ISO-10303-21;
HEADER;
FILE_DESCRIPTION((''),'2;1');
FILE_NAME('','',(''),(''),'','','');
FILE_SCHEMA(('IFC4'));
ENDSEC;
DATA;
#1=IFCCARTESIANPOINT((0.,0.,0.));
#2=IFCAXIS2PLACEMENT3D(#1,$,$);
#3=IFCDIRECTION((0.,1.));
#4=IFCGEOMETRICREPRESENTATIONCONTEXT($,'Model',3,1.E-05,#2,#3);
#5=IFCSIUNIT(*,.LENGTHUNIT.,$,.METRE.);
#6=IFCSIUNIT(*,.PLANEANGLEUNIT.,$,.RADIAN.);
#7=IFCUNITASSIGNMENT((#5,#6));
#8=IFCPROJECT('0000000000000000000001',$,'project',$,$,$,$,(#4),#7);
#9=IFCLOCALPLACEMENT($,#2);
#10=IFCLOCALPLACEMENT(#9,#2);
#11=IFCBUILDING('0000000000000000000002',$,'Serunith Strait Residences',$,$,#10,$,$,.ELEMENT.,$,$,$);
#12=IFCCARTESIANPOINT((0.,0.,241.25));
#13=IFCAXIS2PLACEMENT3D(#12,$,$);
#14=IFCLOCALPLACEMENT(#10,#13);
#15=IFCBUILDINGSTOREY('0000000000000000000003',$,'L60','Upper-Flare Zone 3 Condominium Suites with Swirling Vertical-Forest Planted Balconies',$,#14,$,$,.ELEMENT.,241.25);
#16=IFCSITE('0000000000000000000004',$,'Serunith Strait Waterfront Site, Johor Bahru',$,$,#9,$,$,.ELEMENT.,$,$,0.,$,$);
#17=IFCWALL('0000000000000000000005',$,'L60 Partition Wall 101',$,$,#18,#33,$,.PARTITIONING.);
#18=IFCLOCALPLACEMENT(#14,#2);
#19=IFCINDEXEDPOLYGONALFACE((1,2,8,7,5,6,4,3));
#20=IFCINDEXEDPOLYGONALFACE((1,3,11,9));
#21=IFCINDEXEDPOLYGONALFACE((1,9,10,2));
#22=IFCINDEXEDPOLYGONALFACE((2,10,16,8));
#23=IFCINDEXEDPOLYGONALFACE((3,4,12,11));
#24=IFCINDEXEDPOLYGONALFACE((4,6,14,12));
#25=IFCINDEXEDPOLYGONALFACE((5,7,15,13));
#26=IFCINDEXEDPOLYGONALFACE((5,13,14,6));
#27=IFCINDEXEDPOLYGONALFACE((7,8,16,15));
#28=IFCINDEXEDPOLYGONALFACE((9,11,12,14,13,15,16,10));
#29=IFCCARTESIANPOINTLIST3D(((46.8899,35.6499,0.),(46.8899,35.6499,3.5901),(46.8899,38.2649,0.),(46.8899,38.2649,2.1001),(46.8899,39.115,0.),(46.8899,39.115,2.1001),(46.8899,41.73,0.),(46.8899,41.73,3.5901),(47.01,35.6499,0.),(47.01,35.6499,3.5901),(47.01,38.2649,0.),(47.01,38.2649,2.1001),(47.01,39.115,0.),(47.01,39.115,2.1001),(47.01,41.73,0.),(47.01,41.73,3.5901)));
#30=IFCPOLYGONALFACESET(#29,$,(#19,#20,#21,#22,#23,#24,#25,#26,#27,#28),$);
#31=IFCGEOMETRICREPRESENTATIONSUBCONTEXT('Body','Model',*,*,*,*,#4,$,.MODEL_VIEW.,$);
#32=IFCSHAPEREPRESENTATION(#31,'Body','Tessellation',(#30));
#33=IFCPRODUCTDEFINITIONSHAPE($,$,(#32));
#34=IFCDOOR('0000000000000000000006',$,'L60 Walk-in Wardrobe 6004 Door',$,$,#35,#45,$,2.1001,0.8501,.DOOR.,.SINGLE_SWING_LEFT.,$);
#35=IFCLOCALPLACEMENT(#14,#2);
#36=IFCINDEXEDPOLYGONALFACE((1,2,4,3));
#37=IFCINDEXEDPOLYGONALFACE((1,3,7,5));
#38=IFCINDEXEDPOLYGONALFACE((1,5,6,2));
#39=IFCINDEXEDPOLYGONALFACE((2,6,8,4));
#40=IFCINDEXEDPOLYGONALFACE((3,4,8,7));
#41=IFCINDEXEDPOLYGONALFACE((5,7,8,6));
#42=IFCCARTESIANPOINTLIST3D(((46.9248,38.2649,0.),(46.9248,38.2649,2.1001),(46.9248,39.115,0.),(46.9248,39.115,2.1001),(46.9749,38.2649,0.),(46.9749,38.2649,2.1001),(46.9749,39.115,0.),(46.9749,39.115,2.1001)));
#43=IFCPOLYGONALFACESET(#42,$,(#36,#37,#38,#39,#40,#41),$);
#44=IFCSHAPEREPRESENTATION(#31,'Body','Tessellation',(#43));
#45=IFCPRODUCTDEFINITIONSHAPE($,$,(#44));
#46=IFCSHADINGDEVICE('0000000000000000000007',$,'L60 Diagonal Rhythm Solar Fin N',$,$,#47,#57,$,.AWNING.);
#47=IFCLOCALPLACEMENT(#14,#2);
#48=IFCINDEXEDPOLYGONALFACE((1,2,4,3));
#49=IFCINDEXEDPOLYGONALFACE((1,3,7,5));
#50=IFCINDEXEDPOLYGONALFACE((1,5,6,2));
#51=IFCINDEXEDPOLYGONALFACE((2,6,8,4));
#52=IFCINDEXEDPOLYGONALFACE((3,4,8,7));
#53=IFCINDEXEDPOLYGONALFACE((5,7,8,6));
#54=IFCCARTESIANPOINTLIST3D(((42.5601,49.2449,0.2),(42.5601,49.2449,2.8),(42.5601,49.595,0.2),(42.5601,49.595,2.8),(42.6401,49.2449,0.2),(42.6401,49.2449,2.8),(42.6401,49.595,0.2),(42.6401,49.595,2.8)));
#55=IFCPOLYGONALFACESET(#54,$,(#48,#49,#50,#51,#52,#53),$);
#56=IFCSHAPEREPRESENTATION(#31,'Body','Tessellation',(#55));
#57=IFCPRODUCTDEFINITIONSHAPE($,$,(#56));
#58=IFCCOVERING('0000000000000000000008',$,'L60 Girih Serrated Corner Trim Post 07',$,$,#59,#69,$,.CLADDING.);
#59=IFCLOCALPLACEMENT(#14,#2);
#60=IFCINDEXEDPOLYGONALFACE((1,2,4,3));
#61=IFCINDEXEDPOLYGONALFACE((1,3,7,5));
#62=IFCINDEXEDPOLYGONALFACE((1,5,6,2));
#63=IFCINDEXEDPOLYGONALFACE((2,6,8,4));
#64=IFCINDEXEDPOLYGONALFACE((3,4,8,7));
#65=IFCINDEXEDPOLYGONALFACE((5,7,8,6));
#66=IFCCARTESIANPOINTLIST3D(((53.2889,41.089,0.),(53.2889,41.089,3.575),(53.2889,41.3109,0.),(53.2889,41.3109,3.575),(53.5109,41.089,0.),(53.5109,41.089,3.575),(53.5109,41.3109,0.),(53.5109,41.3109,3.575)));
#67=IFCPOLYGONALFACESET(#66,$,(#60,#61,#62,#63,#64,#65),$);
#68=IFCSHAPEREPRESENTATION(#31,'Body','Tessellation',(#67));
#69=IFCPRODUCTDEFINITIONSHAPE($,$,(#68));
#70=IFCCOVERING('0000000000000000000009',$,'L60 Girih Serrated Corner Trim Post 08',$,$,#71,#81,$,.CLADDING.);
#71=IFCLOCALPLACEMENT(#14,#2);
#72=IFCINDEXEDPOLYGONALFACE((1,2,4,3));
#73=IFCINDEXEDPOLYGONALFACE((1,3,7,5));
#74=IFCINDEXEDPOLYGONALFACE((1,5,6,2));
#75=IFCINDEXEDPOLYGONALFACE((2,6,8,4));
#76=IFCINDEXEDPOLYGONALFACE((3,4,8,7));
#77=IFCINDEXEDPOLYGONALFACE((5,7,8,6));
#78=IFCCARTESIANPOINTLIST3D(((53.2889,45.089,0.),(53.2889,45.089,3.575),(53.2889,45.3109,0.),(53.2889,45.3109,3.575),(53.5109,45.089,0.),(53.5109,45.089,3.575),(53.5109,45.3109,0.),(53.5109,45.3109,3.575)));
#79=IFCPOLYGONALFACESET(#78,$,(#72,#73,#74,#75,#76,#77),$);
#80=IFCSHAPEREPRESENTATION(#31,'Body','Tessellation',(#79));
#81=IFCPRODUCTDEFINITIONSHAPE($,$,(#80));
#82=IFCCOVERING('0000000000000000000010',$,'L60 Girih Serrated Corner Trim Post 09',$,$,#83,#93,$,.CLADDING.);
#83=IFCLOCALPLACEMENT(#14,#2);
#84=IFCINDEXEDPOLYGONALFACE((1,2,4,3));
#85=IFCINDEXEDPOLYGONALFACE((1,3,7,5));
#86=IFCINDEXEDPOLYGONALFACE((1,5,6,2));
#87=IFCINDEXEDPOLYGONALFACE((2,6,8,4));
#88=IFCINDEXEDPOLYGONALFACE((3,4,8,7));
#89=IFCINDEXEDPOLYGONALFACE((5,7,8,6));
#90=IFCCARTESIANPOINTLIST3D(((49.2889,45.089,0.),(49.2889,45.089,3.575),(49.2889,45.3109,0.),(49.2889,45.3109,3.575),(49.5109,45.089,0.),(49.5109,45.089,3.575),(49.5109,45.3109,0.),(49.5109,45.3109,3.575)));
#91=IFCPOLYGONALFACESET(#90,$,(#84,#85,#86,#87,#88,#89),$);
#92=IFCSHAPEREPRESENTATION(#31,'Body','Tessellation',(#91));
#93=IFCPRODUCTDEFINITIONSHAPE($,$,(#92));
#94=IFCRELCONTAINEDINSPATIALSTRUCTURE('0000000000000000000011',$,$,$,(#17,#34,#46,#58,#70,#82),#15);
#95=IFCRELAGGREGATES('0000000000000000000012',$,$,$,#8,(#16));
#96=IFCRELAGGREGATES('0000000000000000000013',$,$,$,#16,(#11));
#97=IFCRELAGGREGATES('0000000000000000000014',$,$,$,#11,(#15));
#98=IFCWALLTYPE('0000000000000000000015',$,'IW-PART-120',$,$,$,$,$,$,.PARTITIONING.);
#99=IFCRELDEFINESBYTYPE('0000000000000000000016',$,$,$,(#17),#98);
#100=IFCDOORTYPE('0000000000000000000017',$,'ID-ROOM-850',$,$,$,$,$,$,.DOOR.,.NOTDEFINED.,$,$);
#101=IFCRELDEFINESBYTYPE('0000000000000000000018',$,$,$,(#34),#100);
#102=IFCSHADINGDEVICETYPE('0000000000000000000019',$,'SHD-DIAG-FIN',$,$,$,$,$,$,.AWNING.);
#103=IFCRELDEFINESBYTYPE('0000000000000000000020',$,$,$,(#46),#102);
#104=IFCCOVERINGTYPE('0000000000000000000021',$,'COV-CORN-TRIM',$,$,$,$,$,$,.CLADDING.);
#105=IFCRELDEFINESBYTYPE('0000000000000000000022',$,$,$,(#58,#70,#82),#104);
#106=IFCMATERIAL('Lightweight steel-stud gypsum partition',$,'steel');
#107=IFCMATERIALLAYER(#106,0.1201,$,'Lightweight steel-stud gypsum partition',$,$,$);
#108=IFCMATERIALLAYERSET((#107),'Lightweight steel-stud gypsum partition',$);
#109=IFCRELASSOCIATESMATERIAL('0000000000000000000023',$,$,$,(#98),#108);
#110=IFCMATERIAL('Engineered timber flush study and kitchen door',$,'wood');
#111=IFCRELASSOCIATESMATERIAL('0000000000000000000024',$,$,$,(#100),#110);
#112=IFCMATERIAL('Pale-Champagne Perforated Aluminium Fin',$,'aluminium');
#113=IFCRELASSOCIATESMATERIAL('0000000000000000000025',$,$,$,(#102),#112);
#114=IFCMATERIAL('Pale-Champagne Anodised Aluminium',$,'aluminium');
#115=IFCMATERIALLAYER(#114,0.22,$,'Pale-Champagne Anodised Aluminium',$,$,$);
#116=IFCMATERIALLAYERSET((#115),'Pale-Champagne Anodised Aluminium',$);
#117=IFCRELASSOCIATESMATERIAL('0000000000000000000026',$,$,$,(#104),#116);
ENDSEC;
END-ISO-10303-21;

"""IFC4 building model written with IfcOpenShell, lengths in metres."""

from ifc_helpers import new_model, si_unit, direction, frame, frame_2d, origin, origin_2d, place, context, subcontext, project, spatial, rectangle, extrude, source, transform, mapped, material, layer, layer_set, type_object, element, fill, save


model = new_model("IFC4")

# Units and contexts
model_context = context("Model", 3, precision=1e-05, world=origin(), true_north=direction((0.0, 1.0)))
body_context = subcontext(model_context, "Body", "Model", "MODEL_VIEW")
ifc_project = project(units=[si_unit("LENGTHUNIT", "METRE"), si_unit("PLANEANGLEUNIT", "RADIAN")], contexts=[model_context])

# Site, building, storey
site_placement = place(None, origin())
site = spatial("IfcSite", under=ifc_project, at=site_placement, Name="Serunith Strait Waterfront Site, Johor Bahru", CompositionType="ELEMENT", RefElevation=0.0)
building_placement = place(site_placement, origin())
building = spatial("IfcBuilding", under=site, at=building_placement, Name="Serunith Strait Residences", CompositionType="ELEMENT")
storey_placement = place(building_placement, frame((0.0, 0.0, 241.25)))
storey = spatial("IfcBuildingStorey", under=building, at=storey_placement, Name="L60", Description="Upper-Flare Zone 3 Condominium Suites with Swirling Vertical-Forest Planted Balconies", CompositionType="ELEMENT", Elevation=241.25)

# Shared definitions
ifc_material_1 = material(Name="Pale-Champagne Anodised Aluminium", Category="aluminium")

# Shared definitions
ifc_material_2 = material(Name="Lightweight steel-stud gypsum partition", Category="steel")
ifc_layer_1 = layer(ifc_material_2, 0.1201, Name="Lightweight steel-stud gypsum partition")
ifc_layer_set_1 = layer_set([ifc_layer_1], Name="Lightweight steel-stud gypsum partition")
wall_type_1 = type_object("IfcWallType", Name="IW-PART-120", PredefinedType="PARTITIONING", material=ifc_layer_set_1)

# Wall, opening, door
wall_1_placement = place(storey_placement, frame((46.95, 41.73, 0.0), z_axis=(0.0, 0.0, 1.0), x_axis=(0.0, -1.0, 0.0)))
wall_1 = element("IfcWall", 1, at=wall_1_placement, inside=storey, type_object=wall_type_1, Name="L60 Partition Wall 101", PredefinedType="PARTITIONING", context=body_context, shape_type="SweptSolid", body=[
    extrude(rectangle(XDim=6.0801, YDim=0.1201, at=frame_2d((3.04, 0.0))), origin(), (0.0, 0.0, 1.0), 3.5901),
])
opening_1_placement = place(wall_1_placement, frame((2.615, 0.0, 0.0)))
opening_1 = element("IfcOpeningElement", 2, at=opening_1_placement, cuts=wall_1, PredefinedType="OPENING", context=body_context, shape_type="SweptSolid", body=[
    extrude(rectangle(XDim=0.8501, YDim=2.1001, at=frame_2d((0.425, 1.05))), frame((0.0, 0.0701, 0.0), z_axis=(0.0, -1.0, 0.0), x_axis=(1.0, 0.0, 0.0)), (0.0, 0.0, 1.0), 0.1401),
])
ifc_material_3 = material(Name="Engineered timber flush study and kitchen door", Category="wood")
door_type_1 = type_object("IfcDoorType", Name="ID-ROOM-850", OperationType="NOTDEFINED", PredefinedType="DOOR", material=ifc_material_3)
shared_shape_1 = source(origin(), body_context, "Body", "SweptSolid", [
    extrude(rectangle(XDim=0.8501, YDim=2.1001, at=frame_2d((0.425, 1.05))), frame((0.0, 0.0249, 0.0), z_axis=(0.0, -1.0, 0.0), x_axis=(1.0, 0.0, 0.0)), (0.0, 0.0, 1.0), 0.05),
])
door_1_placement = place(opening_1_placement, origin())
door_1 = element("IfcDoor", 3, at=door_1_placement, inside=storey, type_object=door_type_1, Name="L60 Walk-in Wardrobe 6004 Door", OperationType="SINGLE_SWING_LEFT", OverallHeight=2.1001, OverallWidth=0.8501, PredefinedType="DOOR", context=body_context, shape_type="MappedRepresentation", body=[
    mapped(shared_shape_1, transform((0.0, 0.0, 0.0), scale=1.0)),
])
fill(opening_1, door_1)

# Shading device
ifc_material_4 = material(Name="Pale-Champagne Perforated Aluminium Fin", Category="aluminium")
shading_device_type = type_object("IfcShadingDeviceType", Name="SHD-DIAG-FIN", PredefinedType="AWNING", material=ifc_material_4)
shared_shape_2 = source(origin(), body_context, "Body", "SweptSolid", [
    extrude(rectangle(XDim=0.0801, YDim=0.3501, at=origin_2d()), origin(), (0.0, 0.0, 1.0), 2.6001),
])
shading_device_placement = place(storey_placement, frame((42.6001, 49.4199, 0.2), z_axis=(0.0, 0.0, 1.0), x_axis=(1.0, 0.0, 0.0)))
element("IfcShadingDevice", 4, at=shading_device_placement, inside=storey, type_object=shading_device_type, Name="L60 Diagonal Rhythm Solar Fin N", PredefinedType="AWNING", context=body_context, shape_type="MappedRepresentation", body=[
    mapped(shared_shape_2, transform((0.0, 0.0, 0.0), scale=1.0)),
])

# Coverings
ifc_layer_2 = layer(ifc_material_1, 0.22, Name="Pale-Champagne Anodised Aluminium")
ifc_layer_set_2 = layer_set([ifc_layer_2], Name="Pale-Champagne Anodised Aluminium")
covering_type = type_object("IfcCoveringType", Name="COV-CORN-TRIM", PredefinedType="CLADDING", material=ifc_layer_set_2)
shared_shape_3 = source(origin(), body_context, "Body", "SweptSolid", [
    extrude(rectangle(XDim=0.2219, YDim=0.2219, at=origin_2d()), origin(), (0.0, 0.0, 1.0), 3.575),
])
for number, where, z_axis, x_axis, name in (
    (5, (53.3999, 41.2, 0.0), (0.0, 0.0, 1.0), (1.0, 0.0, 0.0), "L60 Girih Serrated Corner Trim Post 07"),
    (6, (53.3999, 45.2, 0.0), (0.0, 0.0, 1.0), (1.0, 0.0, 0.0), "L60 Girih Serrated Corner Trim Post 08"),
    (7, (49.3999, 45.2, 0.0), (0.0, 0.0, 1.0), (1.0, 0.0, 0.0), "L60 Girih Serrated Corner Trim Post 09"),
):
    element("IfcCovering", number, at=place(storey_placement, frame(where, z_axis=z_axis, x_axis=x_axis)), inside=storey, type_object=covering_type, Name=name, PredefinedType="CLADDING", context=body_context, shape_type="MappedRepresentation", body=[
        mapped(shared_shape_3, transform((0.0, 0.0, 0.0), scale=1.0)),
    ])

save(model, "model.ifc")
